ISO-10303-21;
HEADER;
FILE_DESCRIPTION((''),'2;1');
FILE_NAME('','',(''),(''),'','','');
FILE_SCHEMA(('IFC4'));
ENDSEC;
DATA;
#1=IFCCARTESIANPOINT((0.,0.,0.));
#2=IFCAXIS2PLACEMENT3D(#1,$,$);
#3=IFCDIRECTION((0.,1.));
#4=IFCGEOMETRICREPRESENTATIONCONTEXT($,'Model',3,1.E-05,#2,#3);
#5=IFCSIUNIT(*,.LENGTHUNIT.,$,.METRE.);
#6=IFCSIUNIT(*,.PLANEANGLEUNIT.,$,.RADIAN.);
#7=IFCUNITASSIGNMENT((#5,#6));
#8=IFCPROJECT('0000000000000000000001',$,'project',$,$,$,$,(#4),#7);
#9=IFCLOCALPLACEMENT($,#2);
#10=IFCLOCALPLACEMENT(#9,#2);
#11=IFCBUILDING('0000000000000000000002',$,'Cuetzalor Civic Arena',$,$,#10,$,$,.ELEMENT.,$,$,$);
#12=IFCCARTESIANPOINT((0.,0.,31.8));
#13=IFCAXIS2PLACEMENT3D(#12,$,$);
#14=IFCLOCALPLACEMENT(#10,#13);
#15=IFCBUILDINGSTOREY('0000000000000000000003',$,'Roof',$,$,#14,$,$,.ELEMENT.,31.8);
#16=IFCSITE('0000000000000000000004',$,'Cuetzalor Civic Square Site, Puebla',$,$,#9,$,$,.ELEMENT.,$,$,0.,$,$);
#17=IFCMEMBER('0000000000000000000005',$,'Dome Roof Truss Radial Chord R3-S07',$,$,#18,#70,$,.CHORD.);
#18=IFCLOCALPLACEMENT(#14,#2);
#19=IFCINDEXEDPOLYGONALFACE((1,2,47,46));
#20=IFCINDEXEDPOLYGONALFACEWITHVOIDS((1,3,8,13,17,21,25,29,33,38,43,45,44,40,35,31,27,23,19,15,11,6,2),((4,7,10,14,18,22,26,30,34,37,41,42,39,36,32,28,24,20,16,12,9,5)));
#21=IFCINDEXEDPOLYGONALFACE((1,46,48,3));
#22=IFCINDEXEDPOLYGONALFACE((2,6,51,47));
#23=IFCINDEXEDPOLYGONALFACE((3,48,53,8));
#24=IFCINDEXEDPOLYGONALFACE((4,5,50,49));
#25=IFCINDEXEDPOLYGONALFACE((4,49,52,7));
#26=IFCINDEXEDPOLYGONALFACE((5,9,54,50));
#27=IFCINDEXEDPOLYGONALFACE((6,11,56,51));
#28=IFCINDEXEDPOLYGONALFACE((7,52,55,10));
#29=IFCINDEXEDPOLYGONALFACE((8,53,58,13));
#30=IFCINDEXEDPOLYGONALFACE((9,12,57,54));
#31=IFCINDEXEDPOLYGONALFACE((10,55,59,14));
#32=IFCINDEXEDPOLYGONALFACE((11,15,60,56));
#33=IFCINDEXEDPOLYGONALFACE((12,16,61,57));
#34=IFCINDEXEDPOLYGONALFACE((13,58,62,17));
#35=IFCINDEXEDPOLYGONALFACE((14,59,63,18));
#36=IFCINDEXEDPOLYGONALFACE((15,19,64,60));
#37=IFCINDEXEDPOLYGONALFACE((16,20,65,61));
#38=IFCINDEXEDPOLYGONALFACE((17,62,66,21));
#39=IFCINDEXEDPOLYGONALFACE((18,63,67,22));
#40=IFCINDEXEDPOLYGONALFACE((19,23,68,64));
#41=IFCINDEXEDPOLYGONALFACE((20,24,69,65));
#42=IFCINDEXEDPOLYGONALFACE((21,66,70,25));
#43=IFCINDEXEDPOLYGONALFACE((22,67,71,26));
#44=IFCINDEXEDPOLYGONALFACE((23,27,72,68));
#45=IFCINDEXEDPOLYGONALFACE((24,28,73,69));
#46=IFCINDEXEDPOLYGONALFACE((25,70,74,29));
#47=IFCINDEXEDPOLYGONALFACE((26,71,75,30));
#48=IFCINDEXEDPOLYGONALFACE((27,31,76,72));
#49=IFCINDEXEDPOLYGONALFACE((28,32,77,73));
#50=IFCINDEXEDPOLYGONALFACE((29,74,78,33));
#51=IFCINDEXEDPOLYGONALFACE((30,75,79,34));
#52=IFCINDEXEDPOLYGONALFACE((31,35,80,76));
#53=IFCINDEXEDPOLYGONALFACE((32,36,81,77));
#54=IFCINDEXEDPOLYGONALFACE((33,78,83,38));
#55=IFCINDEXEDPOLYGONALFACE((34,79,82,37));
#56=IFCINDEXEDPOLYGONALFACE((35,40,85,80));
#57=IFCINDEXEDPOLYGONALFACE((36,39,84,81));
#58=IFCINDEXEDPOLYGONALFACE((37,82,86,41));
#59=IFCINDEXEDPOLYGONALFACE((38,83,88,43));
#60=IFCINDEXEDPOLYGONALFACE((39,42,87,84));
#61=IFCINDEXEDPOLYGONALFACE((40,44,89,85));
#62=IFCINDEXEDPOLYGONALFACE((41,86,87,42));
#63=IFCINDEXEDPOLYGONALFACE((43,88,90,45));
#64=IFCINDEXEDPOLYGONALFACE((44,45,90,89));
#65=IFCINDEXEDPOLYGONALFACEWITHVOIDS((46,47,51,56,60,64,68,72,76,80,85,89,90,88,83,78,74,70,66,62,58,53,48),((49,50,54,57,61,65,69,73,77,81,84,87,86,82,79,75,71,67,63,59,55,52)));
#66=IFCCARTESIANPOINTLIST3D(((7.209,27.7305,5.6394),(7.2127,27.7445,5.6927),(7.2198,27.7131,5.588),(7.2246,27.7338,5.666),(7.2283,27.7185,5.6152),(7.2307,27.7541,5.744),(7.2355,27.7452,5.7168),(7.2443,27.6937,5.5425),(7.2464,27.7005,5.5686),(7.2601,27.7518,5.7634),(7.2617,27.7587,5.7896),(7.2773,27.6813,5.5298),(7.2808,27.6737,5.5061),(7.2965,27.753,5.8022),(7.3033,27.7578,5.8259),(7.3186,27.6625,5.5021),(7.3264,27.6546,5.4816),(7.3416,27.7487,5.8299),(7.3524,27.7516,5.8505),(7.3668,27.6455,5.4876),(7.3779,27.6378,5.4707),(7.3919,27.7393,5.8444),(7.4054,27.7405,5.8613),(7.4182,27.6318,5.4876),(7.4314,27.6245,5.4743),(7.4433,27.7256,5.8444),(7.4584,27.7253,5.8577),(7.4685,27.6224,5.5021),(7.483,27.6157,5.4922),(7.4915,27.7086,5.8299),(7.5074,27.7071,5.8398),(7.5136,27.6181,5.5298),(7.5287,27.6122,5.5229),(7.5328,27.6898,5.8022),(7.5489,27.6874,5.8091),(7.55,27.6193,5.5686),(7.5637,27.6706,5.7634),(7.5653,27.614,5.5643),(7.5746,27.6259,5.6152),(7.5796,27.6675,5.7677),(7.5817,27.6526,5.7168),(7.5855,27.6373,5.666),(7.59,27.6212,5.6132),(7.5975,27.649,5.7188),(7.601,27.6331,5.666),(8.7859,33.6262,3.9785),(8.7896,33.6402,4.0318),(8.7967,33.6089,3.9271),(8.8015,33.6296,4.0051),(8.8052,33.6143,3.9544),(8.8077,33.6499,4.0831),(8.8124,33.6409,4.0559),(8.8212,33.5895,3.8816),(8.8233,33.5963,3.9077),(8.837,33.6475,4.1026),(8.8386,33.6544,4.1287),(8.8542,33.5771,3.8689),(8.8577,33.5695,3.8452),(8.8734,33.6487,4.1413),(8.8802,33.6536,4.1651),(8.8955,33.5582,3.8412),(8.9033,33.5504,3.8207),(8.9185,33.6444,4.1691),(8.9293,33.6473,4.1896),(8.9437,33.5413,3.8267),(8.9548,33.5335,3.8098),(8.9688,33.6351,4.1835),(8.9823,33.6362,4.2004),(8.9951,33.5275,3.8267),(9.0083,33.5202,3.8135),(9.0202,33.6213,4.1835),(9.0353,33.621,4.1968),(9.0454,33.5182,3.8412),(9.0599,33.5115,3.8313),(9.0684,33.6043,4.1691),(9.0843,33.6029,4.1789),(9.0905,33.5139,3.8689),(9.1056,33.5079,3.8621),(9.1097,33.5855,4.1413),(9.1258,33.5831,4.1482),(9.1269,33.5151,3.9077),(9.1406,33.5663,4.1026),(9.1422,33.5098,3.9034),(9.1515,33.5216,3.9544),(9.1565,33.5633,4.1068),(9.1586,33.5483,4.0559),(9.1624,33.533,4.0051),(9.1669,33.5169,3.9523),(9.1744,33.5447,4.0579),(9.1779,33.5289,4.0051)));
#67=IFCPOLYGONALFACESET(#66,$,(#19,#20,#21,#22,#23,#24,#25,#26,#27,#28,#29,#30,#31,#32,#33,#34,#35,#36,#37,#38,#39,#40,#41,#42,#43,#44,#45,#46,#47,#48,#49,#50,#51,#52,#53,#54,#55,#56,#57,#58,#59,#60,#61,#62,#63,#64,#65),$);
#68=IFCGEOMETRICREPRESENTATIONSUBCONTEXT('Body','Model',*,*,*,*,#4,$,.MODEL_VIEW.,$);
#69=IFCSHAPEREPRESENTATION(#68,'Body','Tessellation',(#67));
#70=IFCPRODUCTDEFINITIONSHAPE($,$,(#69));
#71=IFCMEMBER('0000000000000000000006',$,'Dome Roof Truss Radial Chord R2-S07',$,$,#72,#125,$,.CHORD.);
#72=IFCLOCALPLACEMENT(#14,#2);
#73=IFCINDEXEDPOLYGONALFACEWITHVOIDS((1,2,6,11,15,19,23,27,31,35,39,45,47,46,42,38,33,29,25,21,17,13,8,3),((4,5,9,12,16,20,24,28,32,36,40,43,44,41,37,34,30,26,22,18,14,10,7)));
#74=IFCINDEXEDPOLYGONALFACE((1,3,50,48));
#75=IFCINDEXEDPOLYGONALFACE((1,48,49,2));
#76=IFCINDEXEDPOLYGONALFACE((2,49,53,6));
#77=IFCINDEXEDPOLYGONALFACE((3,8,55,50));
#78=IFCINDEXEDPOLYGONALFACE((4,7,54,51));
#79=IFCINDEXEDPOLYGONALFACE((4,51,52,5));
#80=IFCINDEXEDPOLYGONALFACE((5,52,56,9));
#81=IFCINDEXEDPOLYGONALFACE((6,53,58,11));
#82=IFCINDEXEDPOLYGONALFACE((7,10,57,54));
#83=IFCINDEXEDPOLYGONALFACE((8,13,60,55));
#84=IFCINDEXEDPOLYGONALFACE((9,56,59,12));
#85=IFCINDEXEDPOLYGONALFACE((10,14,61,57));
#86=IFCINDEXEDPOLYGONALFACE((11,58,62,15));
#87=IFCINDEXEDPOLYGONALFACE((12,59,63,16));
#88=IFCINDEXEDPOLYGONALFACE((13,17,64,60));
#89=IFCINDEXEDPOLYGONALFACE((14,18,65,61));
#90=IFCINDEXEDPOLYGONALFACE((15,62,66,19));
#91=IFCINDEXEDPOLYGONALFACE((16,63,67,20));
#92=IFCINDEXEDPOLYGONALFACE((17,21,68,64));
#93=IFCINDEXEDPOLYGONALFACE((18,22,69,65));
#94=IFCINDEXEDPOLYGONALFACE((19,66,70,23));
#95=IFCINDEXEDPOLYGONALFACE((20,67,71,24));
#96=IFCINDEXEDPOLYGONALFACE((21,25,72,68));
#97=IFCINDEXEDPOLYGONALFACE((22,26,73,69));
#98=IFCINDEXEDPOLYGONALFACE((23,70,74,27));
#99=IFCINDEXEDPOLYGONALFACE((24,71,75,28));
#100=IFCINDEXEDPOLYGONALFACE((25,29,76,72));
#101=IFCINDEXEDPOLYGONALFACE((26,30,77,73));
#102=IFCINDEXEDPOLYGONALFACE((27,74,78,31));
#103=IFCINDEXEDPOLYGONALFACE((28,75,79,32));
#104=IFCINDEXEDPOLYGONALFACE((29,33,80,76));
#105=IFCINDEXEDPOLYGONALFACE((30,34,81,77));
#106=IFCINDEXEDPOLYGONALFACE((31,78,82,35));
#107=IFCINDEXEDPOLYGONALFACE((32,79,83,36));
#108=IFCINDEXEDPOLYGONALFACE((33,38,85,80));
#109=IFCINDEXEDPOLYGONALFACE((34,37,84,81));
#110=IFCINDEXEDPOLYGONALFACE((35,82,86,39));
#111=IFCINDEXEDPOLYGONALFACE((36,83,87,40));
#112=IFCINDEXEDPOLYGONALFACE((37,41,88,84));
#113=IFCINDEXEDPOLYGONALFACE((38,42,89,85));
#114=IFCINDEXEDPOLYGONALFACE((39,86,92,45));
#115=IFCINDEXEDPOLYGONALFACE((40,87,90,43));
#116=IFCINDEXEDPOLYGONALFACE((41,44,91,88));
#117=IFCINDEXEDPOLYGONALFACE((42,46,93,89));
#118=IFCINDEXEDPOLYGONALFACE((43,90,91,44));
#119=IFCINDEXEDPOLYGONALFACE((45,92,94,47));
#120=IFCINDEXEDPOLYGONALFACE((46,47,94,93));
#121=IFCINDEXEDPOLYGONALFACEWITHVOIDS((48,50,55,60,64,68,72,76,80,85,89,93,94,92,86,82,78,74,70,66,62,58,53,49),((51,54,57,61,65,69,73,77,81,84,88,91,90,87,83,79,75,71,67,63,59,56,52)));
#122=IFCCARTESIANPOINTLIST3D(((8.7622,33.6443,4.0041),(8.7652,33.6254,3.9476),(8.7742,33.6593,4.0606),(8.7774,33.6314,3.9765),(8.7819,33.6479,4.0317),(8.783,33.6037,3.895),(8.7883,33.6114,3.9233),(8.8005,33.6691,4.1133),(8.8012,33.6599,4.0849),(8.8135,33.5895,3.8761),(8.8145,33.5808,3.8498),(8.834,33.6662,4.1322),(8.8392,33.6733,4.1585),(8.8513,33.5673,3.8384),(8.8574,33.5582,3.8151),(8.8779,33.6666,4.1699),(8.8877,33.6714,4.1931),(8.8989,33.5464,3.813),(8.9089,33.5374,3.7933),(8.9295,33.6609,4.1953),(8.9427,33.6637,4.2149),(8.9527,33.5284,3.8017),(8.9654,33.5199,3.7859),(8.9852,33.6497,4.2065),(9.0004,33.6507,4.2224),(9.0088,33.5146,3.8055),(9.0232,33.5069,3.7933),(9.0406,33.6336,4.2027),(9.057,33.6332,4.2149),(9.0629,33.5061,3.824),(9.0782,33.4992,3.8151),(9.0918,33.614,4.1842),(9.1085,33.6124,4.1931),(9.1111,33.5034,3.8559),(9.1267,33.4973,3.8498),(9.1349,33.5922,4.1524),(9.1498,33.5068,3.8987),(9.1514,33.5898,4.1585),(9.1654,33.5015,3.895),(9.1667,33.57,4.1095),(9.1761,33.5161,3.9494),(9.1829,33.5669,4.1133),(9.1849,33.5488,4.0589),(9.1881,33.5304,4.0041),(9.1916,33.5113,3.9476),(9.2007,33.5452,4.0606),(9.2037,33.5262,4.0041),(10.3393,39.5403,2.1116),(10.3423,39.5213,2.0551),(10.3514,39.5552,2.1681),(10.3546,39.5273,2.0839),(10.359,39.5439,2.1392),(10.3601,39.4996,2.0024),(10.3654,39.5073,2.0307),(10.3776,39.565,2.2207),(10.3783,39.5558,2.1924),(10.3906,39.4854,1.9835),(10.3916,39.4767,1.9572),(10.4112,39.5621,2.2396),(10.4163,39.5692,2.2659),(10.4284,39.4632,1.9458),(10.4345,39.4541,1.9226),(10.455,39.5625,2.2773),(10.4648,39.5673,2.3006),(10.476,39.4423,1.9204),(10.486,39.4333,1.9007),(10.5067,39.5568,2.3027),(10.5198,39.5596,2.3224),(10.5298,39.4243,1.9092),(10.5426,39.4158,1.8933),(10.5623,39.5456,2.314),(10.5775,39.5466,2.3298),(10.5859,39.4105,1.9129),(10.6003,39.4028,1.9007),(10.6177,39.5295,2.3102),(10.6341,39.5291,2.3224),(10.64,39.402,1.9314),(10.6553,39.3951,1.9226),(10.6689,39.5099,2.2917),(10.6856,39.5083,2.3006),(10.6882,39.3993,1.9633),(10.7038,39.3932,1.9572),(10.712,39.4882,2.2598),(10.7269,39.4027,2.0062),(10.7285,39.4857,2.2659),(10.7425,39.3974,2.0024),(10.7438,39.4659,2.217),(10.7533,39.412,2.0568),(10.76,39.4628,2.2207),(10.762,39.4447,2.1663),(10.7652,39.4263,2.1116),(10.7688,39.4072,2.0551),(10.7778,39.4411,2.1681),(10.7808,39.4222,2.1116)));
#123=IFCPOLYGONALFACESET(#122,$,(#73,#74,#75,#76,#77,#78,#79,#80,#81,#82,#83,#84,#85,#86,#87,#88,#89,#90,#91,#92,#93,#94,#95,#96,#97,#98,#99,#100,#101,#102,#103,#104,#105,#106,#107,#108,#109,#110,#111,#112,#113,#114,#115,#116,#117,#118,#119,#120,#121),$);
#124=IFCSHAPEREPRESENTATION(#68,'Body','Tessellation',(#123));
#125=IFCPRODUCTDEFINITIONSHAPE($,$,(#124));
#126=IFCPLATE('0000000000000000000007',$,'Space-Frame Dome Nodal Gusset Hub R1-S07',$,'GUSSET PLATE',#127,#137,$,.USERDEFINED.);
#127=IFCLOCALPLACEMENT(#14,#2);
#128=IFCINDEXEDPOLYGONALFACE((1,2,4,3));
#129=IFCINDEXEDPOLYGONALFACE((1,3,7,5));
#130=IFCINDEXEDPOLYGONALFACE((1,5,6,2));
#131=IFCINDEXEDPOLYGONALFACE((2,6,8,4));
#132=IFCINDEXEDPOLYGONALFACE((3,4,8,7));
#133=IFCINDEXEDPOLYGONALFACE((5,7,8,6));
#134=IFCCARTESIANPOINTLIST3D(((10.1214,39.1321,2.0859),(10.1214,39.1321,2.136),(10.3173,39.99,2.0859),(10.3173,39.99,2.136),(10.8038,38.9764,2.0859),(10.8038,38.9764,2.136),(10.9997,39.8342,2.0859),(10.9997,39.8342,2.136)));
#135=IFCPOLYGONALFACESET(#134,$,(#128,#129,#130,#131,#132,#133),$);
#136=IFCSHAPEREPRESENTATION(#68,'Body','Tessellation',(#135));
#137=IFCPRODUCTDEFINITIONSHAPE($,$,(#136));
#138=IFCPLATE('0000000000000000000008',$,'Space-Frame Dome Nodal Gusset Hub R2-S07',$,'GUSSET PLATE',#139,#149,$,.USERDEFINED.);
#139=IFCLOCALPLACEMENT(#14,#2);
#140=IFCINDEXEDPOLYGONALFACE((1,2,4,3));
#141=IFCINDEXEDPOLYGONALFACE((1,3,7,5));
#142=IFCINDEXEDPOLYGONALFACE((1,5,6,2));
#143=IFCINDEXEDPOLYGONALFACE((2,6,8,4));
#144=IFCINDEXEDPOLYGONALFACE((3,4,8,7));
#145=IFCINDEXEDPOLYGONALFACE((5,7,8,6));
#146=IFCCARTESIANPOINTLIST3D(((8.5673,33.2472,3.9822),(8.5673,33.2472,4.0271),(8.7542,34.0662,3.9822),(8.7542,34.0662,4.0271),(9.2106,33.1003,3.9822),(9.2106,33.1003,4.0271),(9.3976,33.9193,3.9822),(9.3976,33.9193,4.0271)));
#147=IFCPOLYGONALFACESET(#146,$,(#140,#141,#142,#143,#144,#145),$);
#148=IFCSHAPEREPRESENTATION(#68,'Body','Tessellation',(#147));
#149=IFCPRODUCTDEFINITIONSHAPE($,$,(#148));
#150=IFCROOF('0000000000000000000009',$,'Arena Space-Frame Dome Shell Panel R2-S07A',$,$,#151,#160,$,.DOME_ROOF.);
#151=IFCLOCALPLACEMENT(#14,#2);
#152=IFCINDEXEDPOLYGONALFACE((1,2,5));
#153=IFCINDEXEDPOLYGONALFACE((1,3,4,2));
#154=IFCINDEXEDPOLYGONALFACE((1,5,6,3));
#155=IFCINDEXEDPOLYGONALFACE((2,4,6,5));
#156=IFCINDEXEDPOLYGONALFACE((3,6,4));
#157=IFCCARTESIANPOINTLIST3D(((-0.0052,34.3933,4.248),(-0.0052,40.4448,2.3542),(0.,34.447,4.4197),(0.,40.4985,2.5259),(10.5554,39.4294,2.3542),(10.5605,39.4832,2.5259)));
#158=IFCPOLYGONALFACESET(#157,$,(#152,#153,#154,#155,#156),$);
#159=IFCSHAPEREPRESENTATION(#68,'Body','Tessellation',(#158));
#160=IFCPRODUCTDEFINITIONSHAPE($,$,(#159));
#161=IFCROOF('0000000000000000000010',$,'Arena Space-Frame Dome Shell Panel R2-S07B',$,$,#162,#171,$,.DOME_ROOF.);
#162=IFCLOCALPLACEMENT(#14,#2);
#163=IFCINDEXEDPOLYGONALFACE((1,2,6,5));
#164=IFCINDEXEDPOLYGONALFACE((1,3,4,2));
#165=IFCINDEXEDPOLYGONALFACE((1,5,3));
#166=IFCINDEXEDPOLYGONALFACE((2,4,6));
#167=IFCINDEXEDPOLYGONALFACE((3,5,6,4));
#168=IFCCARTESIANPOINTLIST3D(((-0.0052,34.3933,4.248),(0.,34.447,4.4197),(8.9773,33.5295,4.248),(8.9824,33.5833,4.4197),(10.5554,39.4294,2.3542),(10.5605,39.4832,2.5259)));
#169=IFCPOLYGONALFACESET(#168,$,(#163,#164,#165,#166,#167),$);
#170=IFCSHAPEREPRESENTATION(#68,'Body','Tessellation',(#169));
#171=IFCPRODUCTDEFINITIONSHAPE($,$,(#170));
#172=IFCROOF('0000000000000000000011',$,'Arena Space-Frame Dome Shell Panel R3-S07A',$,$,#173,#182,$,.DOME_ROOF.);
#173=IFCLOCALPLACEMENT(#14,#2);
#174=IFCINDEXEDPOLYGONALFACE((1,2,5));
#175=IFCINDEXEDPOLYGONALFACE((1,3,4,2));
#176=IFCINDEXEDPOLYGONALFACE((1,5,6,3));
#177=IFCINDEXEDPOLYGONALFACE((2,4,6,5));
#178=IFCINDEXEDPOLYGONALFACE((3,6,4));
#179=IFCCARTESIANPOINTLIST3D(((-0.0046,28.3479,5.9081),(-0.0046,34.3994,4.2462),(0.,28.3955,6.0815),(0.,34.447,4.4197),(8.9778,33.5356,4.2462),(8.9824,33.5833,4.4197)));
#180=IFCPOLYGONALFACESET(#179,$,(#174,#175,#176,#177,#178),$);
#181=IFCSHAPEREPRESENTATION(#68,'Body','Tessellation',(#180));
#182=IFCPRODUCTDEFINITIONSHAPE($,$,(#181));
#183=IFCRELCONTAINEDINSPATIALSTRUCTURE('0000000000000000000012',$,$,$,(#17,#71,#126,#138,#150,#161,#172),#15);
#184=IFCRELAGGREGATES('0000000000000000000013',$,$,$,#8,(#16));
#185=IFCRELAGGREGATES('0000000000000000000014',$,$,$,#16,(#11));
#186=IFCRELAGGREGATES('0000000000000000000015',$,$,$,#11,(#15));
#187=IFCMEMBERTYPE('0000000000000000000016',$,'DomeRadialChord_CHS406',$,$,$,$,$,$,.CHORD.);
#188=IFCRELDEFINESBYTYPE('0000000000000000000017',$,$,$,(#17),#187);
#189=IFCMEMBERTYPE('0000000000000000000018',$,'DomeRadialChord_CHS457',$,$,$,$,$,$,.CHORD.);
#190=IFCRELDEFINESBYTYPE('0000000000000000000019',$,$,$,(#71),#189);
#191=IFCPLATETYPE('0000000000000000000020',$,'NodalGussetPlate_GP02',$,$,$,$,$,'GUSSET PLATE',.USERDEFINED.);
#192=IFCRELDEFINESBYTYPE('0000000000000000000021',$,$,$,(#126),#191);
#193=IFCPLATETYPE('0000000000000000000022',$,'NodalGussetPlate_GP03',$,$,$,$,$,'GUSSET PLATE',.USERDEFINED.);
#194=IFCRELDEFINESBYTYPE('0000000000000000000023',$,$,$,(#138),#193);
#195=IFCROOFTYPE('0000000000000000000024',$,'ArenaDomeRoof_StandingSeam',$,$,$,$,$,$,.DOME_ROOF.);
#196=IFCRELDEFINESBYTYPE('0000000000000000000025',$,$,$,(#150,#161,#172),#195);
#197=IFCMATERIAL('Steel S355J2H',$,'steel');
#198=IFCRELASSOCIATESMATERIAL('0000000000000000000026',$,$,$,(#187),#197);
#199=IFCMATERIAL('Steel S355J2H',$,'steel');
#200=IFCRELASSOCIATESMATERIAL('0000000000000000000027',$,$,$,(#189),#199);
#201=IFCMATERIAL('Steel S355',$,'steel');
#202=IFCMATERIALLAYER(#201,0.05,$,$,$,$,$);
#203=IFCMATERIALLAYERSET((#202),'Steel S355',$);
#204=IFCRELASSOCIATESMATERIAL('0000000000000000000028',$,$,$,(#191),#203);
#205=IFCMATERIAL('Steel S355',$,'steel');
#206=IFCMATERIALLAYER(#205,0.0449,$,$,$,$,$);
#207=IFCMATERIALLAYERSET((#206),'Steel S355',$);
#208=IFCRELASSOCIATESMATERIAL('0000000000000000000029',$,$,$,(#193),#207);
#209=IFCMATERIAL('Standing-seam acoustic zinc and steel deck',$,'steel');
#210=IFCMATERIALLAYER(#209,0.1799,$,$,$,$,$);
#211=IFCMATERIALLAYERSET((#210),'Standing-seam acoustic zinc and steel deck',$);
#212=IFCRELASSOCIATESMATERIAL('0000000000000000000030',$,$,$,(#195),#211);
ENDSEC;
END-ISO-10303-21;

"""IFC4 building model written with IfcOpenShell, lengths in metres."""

from ifc_helpers import new_model, si_unit, direction, frame, origin, origin_2d, place, context, subcontext, project, spatial, polyline, rectangle, hollow_circle, outline, extrude, material, layer, layer_set, material_profile, profile_set, type_object, element, save


model = new_model("IFC4")

# Units and contexts
model_context = context("Model", 3, precision=1e-05, world=origin(), true_north=direction((0.0, 1.0)))
body_context = subcontext(model_context, "Body", "Model", "MODEL_VIEW")
ifc_project = project(units=[si_unit("LENGTHUNIT", "METRE"), si_unit("PLANEANGLEUNIT", "RADIAN")], contexts=[model_context])

# Site, building, storey
site_placement = place(None, origin())
site = spatial("IfcSite", under=ifc_project, at=site_placement, Name="Cuetzalor Civic Square Site, Puebla", CompositionType="ELEMENT", RefElevation=0.0)
building_placement = place(site_placement, origin())
building = spatial("IfcBuilding", under=site, at=building_placement, Name="Cuetzalor Civic Arena", CompositionType="ELEMENT")
storey_placement = place(building_placement, frame((0.0, 0.0, 31.8)))
storey = spatial("IfcBuildingStorey", under=building, at=storey_placement, Name="Roof", CompositionType="ELEMENT", Elevation=31.8)

# Members
ifc_material_1 = material(Name="Steel S355J2H", Category="steel")
ifc_material_profile_1 = material_profile(ifc_material_1, hollow_circle(Radius=0.2029, WallThickness=0.0161, at=origin_2d()), Name="CHS 406x16")
ifc_profile_set_1 = profile_set([ifc_material_profile_1], Name="Steel S355J2H")
member_type_1 = type_object("IfcMemberType", Name="DomeRadialChord_CHS406", PredefinedType="CHORD", material=ifc_profile_set_1)
member_1_placement = place(storey_placement, frame((8.9819, 33.5813, 4.0051), z_axis=(-0.249315, -0.932141, 0.262593), x_axis=(0.966043, -0.258382, 0.0)))
element("IfcMember", 1, at=member_1_placement, inside=storey, type_object=member_type_1, Name="Dome Roof Truss Radial Chord R3-S07", PredefinedType="CHORD", context=body_context, shape_type="SweptSolid", body=[
    extrude(hollow_circle(Radius=0.2029, WallThickness=0.0161, at=origin_2d()), origin(), (0.0, 0.0, 1.0), 6.325),
])
ifc_material_2 = material(Name="Steel S355J2H", Category="steel")
ifc_material_profile_2 = material_profile(ifc_material_2, hollow_circle(Radius=0.2285, WallThickness=0.0161, at=origin_2d()), Name="CHS 457x16")
ifc_profile_set_2 = profile_set([ifc_material_profile_2], Name="Steel S355J2H")
member_type_2 = type_object("IfcMemberType", Name="DomeRadialChord_CHS457", PredefinedType="CHORD", material=ifc_profile_set_2)
member_2_placement = place(storey_placement, frame((10.5601, 39.4812, 2.1116), z_axis=(-0.246815, -0.922692, 0.296178), x_axis=(0.966035, -0.258409, 0.0)))
element("IfcMember", 2, at=member_2_placement, inside=storey, type_object=member_type_2, Name="Dome Roof Truss Radial Chord R2-S07", PredefinedType="CHORD", context=body_context, shape_type="SweptSolid", body=[
    extrude(hollow_circle(Radius=0.2285, WallThickness=0.0161, at=origin_2d()), origin(), (0.0, 0.0, 1.0), 6.3899),
])

# Plates
ifc_material_3 = material(Name="Steel S355", Category="steel")
ifc_layer_1 = layer(ifc_material_3, 0.05)
ifc_layer_set_1 = layer_set([ifc_layer_1], Name="Steel S355")
plate_type_1 = type_object("IfcPlateType", Name="NodalGussetPlate_GP02", ElementType="GUSSET PLATE", PredefinedType="USERDEFINED", material=ifc_layer_set_1)
plate_1_placement = place(storey_placement, frame((10.5605, 39.4832, 2.0859), z_axis=(0.0, 0.0, 1.0), x_axis=(0.22257, 0.974917, 0.0)))
element("IfcPlate", 3, at=plate_1_placement, inside=storey, type_object=plate_type_1, Name="Space-Frame Dome Nodal Gusset Hub R1-S07", ObjectType="GUSSET PLATE", PredefinedType="USERDEFINED", context=body_context, shape_type="SweptSolid", body=[
    extrude(rectangle(XDim=0.8799, YDim=0.7, at=origin_2d()), origin(), (0.0, 0.0, 1.0), 0.05),
])
ifc_material_4 = material(Name="Steel S355", Category="steel")
ifc_layer_2 = layer(ifc_material_4, 0.0449)
ifc_layer_set_2 = layer_set([ifc_layer_2], Name="Steel S355")
plate_type_2 = type_object("IfcPlateType", Name="NodalGussetPlate_GP03", ElementType="GUSSET PLATE", PredefinedType="USERDEFINED", material=ifc_layer_set_2)
plate_2_placement = place(storey_placement, frame((8.9824, 33.5833, 3.9822), z_axis=(0.0, 0.0, 1.0), x_axis=(0.22257, 0.974917, 0.0)))
element("IfcPlate", 4, at=plate_2_placement, inside=storey, type_object=plate_type_2, Name="Space-Frame Dome Nodal Gusset Hub R2-S07", ObjectType="GUSSET PLATE", PredefinedType="USERDEFINED", context=body_context, shape_type="SweptSolid", body=[
    extrude(rectangle(XDim=0.8401, YDim=0.6599, at=origin_2d()), origin(), (0.0, 0.0, 1.0), 0.0449),
])

# Roofs
ifc_material_5 = material(Name="Standing-seam acoustic zinc and steel deck", Category="steel")
ifc_layer_3 = layer(ifc_material_5, 0.1799)
ifc_layer_set_3 = layer_set([ifc_layer_3], Name="Standing-seam acoustic zinc and steel deck")
roof_type = type_object("IfcRoofType", Name="ArenaDomeRoof_StandingSeam", PredefinedType="DOME_ROOF", material=ifc_layer_set_3)
roof_1_placement = place(storey_placement, frame((10.5605, 39.4832, 2.5259), z_axis=(0.028704, 0.29854, 0.953965), x_axis=(-0.99541, 0.095707, 0.0)))
element("IfcRoof", 5, at=roof_1_placement, inside=storey, type_object=roof_type, Name="Arena Space-Frame Dome Shell Panel R2-S07A", PredefinedType="DOME_ROOF", context=body_context, shape_type="SweptSolid", body=[
    extrude(outline(polyline([(0.0, 0.0), (10.6092, 0.0), (10.0301, 6.3144), (0.0, 0.0)])), origin(), (0.0, 0.0, -1.0), 0.1799),
])
roof_2_placement = place(storey_placement, frame((10.5605, 39.4832, 2.5259), z_axis=(0.028708, 0.298533, 0.953967), x_axis=(-0.891021, -0.424912, 0.159785)))
element("IfcRoof", 6, at=roof_2_placement, inside=storey, type_object=roof_type, Name="Arena Space-Frame Dome Shell Panel R2-S07B", PredefinedType="DOME_ROOF", context=body_context, shape_type="SweptSolid", body=[
    extrude(outline(polyline([(0.0, 0.0), (11.8522, 0.0), (4.2157, 4.8077), (0.0, 0.0)])), origin(), (0.0, 0.0, -1.0), 0.1799),
])
roof_3_placement = place(storey_placement, frame((8.9824, 33.5833, 4.4197), z_axis=(0.025457, 0.26473, 0.963987), x_axis=(-0.995408, 0.095721, 0.0)))
element("IfcRoof", 7, at=roof_3_placement, inside=storey, type_object=roof_type, Name="Arena Space-Frame Dome Shell Panel R3-S07A", PredefinedType="DOME_ROOF", context=body_context, shape_type="SweptSolid", body=[
    extrude(outline(polyline([(0.0, 0.0), (9.0239, 0.0), (8.4446, 6.2488), (0.0, 0.0)])), origin(), (0.0, 0.0, -1.0), 0.1799),
])

save(model, "model.ifc")
